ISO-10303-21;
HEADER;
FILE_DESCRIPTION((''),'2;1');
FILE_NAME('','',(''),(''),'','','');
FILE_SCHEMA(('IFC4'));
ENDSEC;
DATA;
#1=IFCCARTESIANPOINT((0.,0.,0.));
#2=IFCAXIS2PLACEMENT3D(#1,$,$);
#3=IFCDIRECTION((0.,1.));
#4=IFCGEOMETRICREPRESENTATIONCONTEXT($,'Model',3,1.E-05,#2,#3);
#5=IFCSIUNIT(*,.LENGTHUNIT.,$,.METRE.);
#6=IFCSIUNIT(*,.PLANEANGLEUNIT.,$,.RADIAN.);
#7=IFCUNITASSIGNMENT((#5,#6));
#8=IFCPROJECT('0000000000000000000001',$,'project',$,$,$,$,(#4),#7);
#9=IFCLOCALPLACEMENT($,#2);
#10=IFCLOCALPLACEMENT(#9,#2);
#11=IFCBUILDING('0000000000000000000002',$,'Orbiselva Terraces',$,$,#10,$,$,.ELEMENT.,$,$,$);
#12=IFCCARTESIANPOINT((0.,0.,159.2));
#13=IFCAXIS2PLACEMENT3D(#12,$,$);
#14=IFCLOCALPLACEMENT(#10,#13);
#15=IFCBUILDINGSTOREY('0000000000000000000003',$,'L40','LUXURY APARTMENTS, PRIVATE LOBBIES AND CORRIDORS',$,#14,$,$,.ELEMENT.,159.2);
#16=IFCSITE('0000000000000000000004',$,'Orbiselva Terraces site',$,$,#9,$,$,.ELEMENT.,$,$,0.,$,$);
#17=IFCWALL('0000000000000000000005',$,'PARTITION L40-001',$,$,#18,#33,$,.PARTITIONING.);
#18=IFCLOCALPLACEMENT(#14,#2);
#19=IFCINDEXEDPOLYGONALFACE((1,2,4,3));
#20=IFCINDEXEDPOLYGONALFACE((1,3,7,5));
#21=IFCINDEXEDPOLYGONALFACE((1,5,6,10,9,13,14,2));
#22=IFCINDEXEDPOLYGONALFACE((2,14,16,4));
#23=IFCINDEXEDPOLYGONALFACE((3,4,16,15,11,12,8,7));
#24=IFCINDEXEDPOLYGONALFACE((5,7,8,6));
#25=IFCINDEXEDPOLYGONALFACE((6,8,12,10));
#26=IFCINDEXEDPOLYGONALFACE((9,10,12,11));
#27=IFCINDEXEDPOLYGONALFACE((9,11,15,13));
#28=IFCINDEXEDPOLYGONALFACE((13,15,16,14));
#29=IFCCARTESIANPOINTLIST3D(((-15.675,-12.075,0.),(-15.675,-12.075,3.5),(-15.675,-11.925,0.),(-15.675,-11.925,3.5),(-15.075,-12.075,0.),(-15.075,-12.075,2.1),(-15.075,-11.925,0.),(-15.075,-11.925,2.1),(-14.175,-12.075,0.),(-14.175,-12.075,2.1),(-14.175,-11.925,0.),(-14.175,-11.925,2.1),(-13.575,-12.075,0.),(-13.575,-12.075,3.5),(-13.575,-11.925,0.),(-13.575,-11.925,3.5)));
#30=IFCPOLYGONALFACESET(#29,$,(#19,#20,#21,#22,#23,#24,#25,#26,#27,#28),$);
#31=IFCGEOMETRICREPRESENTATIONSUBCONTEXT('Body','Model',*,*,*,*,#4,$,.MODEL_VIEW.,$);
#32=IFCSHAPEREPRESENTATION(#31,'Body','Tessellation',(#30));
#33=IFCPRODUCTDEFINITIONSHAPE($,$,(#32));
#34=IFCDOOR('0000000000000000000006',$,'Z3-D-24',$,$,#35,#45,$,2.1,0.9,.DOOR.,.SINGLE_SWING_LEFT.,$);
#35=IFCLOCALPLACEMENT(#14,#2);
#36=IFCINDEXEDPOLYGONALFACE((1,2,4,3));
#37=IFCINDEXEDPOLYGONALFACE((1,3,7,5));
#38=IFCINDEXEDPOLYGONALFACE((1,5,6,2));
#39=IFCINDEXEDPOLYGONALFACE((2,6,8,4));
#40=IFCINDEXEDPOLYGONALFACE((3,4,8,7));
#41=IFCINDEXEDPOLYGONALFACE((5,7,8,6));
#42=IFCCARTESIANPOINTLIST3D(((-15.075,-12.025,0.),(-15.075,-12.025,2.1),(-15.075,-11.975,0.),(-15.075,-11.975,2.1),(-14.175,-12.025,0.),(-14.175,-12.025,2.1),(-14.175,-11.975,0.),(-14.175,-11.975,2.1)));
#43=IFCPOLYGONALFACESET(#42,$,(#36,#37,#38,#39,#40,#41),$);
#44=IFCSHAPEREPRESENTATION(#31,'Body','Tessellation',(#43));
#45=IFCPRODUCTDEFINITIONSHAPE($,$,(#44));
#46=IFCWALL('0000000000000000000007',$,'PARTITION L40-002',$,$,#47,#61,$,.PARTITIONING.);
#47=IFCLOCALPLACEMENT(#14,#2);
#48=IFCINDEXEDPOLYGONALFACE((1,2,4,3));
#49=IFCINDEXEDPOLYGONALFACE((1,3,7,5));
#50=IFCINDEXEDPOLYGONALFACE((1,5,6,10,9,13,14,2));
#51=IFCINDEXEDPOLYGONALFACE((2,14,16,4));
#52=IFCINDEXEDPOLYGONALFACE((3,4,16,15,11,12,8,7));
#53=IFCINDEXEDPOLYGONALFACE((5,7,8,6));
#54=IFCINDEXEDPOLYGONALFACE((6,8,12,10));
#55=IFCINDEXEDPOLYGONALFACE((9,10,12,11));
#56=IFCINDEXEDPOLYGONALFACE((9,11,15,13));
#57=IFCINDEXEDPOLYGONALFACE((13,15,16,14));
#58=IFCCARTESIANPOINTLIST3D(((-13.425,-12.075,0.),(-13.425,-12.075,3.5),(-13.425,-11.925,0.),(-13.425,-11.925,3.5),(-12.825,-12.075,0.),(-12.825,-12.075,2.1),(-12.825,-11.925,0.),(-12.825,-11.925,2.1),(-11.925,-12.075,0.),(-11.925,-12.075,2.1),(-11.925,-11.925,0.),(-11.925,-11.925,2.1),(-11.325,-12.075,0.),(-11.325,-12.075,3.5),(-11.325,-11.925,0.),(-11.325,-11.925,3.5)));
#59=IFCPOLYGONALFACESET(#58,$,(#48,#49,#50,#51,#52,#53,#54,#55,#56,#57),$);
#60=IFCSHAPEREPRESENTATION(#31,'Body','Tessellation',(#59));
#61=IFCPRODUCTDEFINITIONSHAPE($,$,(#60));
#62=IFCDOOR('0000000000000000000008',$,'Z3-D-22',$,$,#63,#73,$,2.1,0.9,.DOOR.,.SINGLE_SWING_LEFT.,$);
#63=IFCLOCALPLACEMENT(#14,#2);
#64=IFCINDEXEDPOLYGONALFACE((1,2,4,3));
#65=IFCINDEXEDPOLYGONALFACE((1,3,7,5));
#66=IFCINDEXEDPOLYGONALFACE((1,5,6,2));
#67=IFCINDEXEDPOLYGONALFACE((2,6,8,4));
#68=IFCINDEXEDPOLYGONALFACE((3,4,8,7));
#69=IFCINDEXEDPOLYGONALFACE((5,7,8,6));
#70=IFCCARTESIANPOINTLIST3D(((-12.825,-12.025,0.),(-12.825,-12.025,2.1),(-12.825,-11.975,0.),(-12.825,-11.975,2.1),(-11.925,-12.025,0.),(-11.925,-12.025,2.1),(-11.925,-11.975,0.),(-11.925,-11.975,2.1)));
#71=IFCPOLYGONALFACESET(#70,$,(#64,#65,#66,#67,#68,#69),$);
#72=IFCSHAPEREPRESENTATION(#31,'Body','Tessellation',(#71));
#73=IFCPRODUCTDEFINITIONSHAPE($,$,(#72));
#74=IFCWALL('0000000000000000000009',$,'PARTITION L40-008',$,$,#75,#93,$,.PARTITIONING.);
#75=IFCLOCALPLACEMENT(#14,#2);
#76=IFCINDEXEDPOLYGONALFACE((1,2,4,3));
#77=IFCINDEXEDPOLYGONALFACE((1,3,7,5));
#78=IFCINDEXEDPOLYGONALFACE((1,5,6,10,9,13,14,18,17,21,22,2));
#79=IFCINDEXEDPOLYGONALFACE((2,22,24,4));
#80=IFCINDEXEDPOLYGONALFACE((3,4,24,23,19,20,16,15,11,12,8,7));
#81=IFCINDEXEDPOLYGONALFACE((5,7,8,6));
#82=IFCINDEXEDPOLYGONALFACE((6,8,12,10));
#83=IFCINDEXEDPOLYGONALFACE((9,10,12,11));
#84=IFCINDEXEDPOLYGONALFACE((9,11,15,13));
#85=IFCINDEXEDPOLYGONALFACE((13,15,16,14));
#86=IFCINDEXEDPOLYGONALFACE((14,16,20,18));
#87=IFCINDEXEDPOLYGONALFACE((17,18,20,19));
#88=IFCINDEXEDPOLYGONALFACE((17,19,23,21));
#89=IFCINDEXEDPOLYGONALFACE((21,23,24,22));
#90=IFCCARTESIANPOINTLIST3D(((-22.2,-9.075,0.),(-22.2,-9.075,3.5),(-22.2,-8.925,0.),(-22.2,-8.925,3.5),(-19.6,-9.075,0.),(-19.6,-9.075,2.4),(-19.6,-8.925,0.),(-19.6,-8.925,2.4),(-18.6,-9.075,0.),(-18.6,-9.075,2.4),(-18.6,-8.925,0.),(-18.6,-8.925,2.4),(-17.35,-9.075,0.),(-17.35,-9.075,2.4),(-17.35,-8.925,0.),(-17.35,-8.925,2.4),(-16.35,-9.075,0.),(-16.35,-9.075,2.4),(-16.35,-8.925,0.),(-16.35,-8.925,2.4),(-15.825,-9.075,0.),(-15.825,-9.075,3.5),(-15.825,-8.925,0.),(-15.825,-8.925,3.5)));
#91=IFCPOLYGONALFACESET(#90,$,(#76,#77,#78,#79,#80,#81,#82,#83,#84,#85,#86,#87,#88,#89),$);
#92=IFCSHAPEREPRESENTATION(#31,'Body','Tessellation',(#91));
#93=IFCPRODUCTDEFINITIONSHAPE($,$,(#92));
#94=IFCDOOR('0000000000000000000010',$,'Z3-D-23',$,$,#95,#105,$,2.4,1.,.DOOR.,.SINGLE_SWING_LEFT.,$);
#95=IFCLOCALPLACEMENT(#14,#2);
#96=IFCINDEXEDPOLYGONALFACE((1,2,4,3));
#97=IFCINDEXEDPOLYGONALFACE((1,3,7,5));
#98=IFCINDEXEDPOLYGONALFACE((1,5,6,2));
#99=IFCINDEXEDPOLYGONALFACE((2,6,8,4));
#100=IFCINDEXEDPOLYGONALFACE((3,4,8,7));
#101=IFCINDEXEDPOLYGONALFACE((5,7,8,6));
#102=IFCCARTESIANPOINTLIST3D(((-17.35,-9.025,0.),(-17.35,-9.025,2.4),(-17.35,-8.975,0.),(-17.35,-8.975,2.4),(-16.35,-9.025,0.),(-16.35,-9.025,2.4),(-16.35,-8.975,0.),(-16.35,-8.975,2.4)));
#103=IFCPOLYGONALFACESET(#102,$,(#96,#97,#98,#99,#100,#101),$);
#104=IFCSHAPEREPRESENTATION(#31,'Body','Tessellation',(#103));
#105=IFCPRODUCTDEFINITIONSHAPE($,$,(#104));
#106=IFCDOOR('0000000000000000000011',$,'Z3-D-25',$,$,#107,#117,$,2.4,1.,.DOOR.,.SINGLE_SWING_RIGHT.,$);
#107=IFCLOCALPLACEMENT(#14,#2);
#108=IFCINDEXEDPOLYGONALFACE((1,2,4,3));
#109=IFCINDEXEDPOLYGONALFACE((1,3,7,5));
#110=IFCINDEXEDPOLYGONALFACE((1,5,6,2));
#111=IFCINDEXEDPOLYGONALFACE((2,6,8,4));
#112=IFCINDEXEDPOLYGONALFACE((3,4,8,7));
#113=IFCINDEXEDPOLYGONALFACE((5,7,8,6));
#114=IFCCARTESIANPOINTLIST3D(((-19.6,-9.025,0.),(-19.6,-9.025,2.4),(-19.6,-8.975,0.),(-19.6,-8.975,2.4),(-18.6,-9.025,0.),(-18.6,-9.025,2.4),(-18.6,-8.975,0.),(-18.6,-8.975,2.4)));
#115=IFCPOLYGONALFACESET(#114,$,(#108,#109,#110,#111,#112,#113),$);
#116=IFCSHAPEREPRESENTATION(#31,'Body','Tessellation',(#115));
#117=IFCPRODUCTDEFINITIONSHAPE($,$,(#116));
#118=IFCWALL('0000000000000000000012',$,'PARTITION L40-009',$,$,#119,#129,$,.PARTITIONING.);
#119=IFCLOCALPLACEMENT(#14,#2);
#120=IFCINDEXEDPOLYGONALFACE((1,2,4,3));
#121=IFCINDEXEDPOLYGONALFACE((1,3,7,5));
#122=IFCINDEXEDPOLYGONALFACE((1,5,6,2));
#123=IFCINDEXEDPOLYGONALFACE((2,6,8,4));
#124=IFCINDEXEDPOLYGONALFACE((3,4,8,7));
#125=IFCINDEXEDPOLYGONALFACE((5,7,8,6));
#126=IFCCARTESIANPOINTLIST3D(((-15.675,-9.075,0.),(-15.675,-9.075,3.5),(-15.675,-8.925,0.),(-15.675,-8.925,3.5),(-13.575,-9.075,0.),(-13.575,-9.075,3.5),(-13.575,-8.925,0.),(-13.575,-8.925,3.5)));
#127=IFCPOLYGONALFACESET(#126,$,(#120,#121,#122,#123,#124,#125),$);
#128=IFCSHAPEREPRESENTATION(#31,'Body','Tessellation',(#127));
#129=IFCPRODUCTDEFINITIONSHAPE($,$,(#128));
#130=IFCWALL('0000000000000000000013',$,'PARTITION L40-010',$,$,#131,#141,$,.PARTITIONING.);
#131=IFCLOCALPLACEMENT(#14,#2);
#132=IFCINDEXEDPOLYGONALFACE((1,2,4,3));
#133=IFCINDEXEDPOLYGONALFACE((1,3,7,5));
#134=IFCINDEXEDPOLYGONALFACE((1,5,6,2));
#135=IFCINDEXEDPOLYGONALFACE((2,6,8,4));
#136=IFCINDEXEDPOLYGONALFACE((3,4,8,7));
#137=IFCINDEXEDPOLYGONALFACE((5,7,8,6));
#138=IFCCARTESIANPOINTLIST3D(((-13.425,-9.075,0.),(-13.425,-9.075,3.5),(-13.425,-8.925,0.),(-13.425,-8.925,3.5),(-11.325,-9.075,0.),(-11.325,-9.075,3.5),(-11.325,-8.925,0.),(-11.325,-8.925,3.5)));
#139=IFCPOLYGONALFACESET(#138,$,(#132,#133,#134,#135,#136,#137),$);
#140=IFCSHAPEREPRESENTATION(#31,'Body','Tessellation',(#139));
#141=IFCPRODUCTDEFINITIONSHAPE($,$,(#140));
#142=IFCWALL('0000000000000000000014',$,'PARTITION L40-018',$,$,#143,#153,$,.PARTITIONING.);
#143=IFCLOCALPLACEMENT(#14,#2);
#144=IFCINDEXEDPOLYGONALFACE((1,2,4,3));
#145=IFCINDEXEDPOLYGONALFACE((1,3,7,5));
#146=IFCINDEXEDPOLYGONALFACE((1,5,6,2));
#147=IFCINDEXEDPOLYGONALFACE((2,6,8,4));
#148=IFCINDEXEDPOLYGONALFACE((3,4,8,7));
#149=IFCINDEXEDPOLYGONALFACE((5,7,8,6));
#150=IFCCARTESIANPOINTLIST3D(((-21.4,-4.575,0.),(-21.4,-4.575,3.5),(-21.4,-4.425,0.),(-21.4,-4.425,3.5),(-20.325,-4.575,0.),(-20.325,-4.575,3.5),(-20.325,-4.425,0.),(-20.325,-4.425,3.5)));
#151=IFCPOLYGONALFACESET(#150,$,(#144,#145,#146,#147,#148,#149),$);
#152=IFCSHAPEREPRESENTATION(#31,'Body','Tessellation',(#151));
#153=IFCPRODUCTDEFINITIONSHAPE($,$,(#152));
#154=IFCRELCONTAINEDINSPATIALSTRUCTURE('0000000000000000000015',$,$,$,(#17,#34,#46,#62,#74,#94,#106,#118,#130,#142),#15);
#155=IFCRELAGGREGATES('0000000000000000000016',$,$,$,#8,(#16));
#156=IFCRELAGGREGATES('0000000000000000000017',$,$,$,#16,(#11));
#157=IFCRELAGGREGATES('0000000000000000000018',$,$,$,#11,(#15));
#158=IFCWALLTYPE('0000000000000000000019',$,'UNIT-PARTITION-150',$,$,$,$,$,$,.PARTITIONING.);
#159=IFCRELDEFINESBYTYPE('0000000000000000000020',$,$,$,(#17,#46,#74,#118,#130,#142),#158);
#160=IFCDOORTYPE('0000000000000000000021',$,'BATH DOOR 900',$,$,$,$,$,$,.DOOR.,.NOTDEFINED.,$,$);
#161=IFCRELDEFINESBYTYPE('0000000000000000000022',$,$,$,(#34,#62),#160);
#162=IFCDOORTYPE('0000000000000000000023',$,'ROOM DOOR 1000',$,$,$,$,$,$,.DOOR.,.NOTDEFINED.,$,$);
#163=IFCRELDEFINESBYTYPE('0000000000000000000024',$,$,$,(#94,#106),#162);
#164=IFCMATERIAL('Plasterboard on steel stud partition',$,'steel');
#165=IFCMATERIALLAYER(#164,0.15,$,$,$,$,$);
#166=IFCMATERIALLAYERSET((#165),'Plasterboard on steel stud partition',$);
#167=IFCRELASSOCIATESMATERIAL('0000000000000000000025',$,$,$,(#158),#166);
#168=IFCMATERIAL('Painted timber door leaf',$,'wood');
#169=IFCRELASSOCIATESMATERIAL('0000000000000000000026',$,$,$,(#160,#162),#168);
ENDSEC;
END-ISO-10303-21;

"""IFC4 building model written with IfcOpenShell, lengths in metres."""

from ifc_helpers import new_model, si_unit, direction, frame, frame_2d, origin, place, context, subcontext, project, spatial, rectangle, extrude, material, layer, layer_set, type_object, element, fill, save


model = new_model("IFC4")

# Units and contexts
model_context = context("Model", 3, precision=1e-05, world=origin(), true_north=direction((0.0, 1.0)))
body_context = subcontext(model_context, "Body", "Model", "MODEL_VIEW")
ifc_project = project(units=[si_unit("LENGTHUNIT", "METRE"), si_unit("PLANEANGLEUNIT", "RADIAN")], contexts=[model_context])

# Site, building, storey
site_placement = place(None, origin())
site = spatial("IfcSite", under=ifc_project, at=site_placement, Name="Orbiselva Terraces site", CompositionType="ELEMENT", RefElevation=0.0)
building_placement = place(site_placement, origin())
building = spatial("IfcBuilding", under=site, at=building_placement, Name="Orbiselva Terraces", CompositionType="ELEMENT")
storey_placement = place(building_placement, frame((0.0, 0.0, 159.2)))
storey = spatial("IfcBuildingStorey", under=building, at=storey_placement, Name="L40", Description="LUXURY APARTMENTS, PRIVATE LOBBIES AND CORRIDORS", CompositionType="ELEMENT", Elevation=159.2)

# Shared definitions
ifc_material_1 = material(Name="Plasterboard on steel stud partition", Category="steel")

# Walls, openings, doors
ifc_layer_1 = layer(ifc_material_1, 0.15)
ifc_layer_set_1 = layer_set([ifc_layer_1], Name="Plasterboard on steel stud partition")
wall_type_1 = type_object("IfcWallType", Name="UNIT-PARTITION-150", PredefinedType="PARTITIONING", material=ifc_layer_set_1)
wall_1_placement = place(storey_placement, frame((-15.675, -12.0, 0.0), z_axis=(0.0, 0.0, 1.0), x_axis=(1.0, 0.0, 0.0)))
wall_1 = element("IfcWall", 1, at=wall_1_placement, inside=storey, type_object=wall_type_1, Name="PARTITION L40-001", PredefinedType="PARTITIONING", context=body_context, shape_type="SweptSolid", body=[
    extrude(rectangle(XDim=2.1, YDim=0.15, at=frame_2d((1.05, 0.0))), origin(), (0.0, 0.0, 1.0), 3.5),
])
opening_1_placement = place(wall_1_placement, frame((0.6, 0.0, 0.0)))
opening_1 = element("IfcOpeningElement", 2, at=opening_1_placement, cuts=wall_1, PredefinedType="OPENING", context=body_context, shape_type="SweptSolid", body=[
    extrude(rectangle(XDim=0.9, YDim=2.1, at=frame_2d((0.45, 1.05))), frame((0.0, 0.085, 0.0), z_axis=(0.0, -1.0, 0.0), x_axis=(1.0, 0.0, 0.0)), (0.0, 0.0, 1.0), 0.17),
])
ifc_material_2 = material(Name="Painted timber door leaf", Category="wood")
door_type_1 = type_object("IfcDoorType", Name="BATH DOOR 900", OperationType="NOTDEFINED", PredefinedType="DOOR", material=ifc_material_2)
door_1_placement = place(opening_1_placement, origin())
door_1 = element("IfcDoor", 3, at=door_1_placement, inside=storey, type_object=door_type_1, Name="Z3-D-24", OperationType="SINGLE_SWING_LEFT", OverallHeight=2.1, OverallWidth=0.9, PredefinedType="DOOR", context=body_context, shape_type="SweptSolid", body=[
    extrude(rectangle(XDim=0.9, YDim=2.1, at=frame_2d((0.45, 1.05))), frame((0.0, 0.025, 0.0), z_axis=(0.0, -1.0, 0.0), x_axis=(1.0, 0.0, 0.0)), (0.0, 0.0, 1.0), 0.05),
])
fill(opening_1, door_1)
wall_2_placement = place(storey_placement, frame((-13.425, -12.0, 0.0), z_axis=(0.0, 0.0, 1.0), x_axis=(1.0, 0.0, 0.0)))
wall_2 = element("IfcWall", 4, at=wall_2_placement, inside=storey, type_object=wall_type_1, Name="PARTITION L40-002", PredefinedType="PARTITIONING", context=body_context, shape_type="SweptSolid", body=[
    extrude(rectangle(XDim=2.1, YDim=0.15, at=frame_2d((1.05, 0.0))), origin(), (0.0, 0.0, 1.0), 3.5),
])
opening_2_placement = place(wall_2_placement, frame((0.6, 0.0, 0.0)))
opening_2 = element("IfcOpeningElement", 5, at=opening_2_placement, cuts=wall_2, PredefinedType="OPENING", context=body_context, shape_type="SweptSolid", body=[
    extrude(rectangle(XDim=0.9, YDim=2.1, at=frame_2d((0.45, 1.05))), frame((0.0, 0.085, 0.0), z_axis=(0.0, -1.0, 0.0), x_axis=(1.0, 0.0, 0.0)), (0.0, 0.0, 1.0), 0.17),
])
door_2_placement = place(opening_2_placement, origin())
door_2 = element("IfcDoor", 6, at=door_2_placement, inside=storey, type_object=door_type_1, Name="Z3-D-22", OperationType="SINGLE_SWING_LEFT", OverallHeight=2.1, OverallWidth=0.9, PredefinedType="DOOR", context=body_context, shape_type="SweptSolid", body=[
    extrude(rectangle(XDim=0.9, YDim=2.1, at=frame_2d((0.45, 1.05))), frame((0.0, 0.025, 0.0), z_axis=(0.0, -1.0, 0.0), x_axis=(1.0, 0.0, 0.0)), (0.0, 0.0, 1.0), 0.05),
])
fill(opening_2, door_2)

# Wall, openings, doors
wall_3_placement = place(storey_placement, frame((-15.825, -9.0, 0.0), z_axis=(0.0, 0.0, 1.0), x_axis=(-1.0, 0.0, 0.0)))
wall_3 = element("IfcWall", 7, at=wall_3_placement, inside=storey, type_object=wall_type_1, Name="PARTITION L40-008", PredefinedType="PARTITIONING", context=body_context, shape_type="SweptSolid", body=[
    extrude(rectangle(XDim=6.375, YDim=0.15, at=frame_2d((3.1875, 0.0))), origin(), (0.0, 0.0, 1.0), 3.5),
])
opening_3_placement = place(wall_3_placement, frame((0.525, 0.0, 0.0)))
opening_3 = element("IfcOpeningElement", 8, at=opening_3_placement, cuts=wall_3, PredefinedType="OPENING", context=body_context, shape_type="SweptSolid", body=[
    extrude(rectangle(XDim=1.0, YDim=2.4, at=frame_2d((0.5, 1.2))), frame((0.0, 0.085, 0.0), z_axis=(0.0, -1.0, 0.0), x_axis=(1.0, 0.0, 0.0)), (0.0, 0.0, 1.0), 0.17),
])
opening_4_placement = place(wall_3_placement, frame((2.775, 0.0, 0.0)))
opening_4 = element("IfcOpeningElement", 9, at=opening_4_placement, cuts=wall_3, PredefinedType="OPENING", context=body_context, shape_type="SweptSolid", body=[
    extrude(rectangle(XDim=1.0, YDim=2.4, at=frame_2d((0.5, 1.2))), frame((0.0, 0.085, 0.0), z_axis=(0.0, -1.0, 0.0), x_axis=(1.0, 0.0, 0.0)), (0.0, 0.0, 1.0), 0.17),
])
door_type_2 = type_object("IfcDoorType", Name="ROOM DOOR 1000", OperationType="NOTDEFINED", PredefinedType="DOOR", material=ifc_material_2)
door_3_placement = place(opening_3_placement, origin())
door_3 = element("IfcDoor", 10, at=door_3_placement, inside=storey, type_object=door_type_2, Name="Z3-D-23", OperationType="SINGLE_SWING_LEFT", OverallHeight=2.4, OverallWidth=1.0, PredefinedType="DOOR", context=body_context, shape_type="SweptSolid", body=[
    extrude(rectangle(XDim=1.0, YDim=2.4, at=frame_2d((0.5, 1.2))), frame((0.0, 0.025, 0.0), z_axis=(0.0, -1.0, 0.0), x_axis=(1.0, 0.0, 0.0)), (0.0, 0.0, 1.0), 0.05),
])
fill(opening_3, door_3)
door_4_placement = place(opening_4_placement, origin())
door_4 = element("IfcDoor", 11, at=door_4_placement, inside=storey, type_object=door_type_2, Name="Z3-D-25", OperationType="SINGLE_SWING_RIGHT", OverallHeight=2.4, OverallWidth=1.0, PredefinedType="DOOR", context=body_context, shape_type="SweptSolid", body=[
    extrude(rectangle(XDim=1.0, YDim=2.4, at=frame_2d((0.5, 1.2))), frame((0.0, 0.025, 0.0), z_axis=(0.0, -1.0, 0.0), x_axis=(1.0, 0.0, 0.0)), (0.0, 0.0, 1.0), 0.05),
])
fill(opening_4, door_4)

# Walls
for number, where, z_axis, x_axis, name in (
    (12, (-15.675, -9.0, 0.0), (0.0, 0.0, 1.0), (1.0, 0.0, 0.0), "PARTITION L40-009"),
    (13, (-13.425, -9.0, 0.0), (0.0, 0.0, 1.0), (1.0, 0.0, 0.0), "PARTITION L40-010"),
):
    element("IfcWall", number, at=place(storey_placement, frame(where, z_axis=z_axis, x_axis=x_axis)), inside=storey, type_object=wall_type_1, Name=name, PredefinedType="PARTITIONING", context=body_context, shape_type="SweptSolid", body=[
        extrude(rectangle(XDim=2.1, YDim=0.15, at=frame_2d((1.05, 0.0))), origin(), (0.0, 0.0, 1.0), 3.5),
    ])
wall_4_placement = place(storey_placement, frame((-21.4, -4.5, 0.0), z_axis=(0.0, 0.0, 1.0), x_axis=(1.0, 0.0, 0.0)))
element("IfcWall", 14, at=wall_4_placement, inside=storey, type_object=wall_type_1, Name="PARTITION L40-018", PredefinedType="PARTITIONING", context=body_context, shape_type="SweptSolid", body=[
    extrude(rectangle(XDim=1.075, YDim=0.15, at=frame_2d((0.5375, 0.0))), origin(), (0.0, 0.0, 1.0), 3.5),
])

save(model, "model.ifc")
